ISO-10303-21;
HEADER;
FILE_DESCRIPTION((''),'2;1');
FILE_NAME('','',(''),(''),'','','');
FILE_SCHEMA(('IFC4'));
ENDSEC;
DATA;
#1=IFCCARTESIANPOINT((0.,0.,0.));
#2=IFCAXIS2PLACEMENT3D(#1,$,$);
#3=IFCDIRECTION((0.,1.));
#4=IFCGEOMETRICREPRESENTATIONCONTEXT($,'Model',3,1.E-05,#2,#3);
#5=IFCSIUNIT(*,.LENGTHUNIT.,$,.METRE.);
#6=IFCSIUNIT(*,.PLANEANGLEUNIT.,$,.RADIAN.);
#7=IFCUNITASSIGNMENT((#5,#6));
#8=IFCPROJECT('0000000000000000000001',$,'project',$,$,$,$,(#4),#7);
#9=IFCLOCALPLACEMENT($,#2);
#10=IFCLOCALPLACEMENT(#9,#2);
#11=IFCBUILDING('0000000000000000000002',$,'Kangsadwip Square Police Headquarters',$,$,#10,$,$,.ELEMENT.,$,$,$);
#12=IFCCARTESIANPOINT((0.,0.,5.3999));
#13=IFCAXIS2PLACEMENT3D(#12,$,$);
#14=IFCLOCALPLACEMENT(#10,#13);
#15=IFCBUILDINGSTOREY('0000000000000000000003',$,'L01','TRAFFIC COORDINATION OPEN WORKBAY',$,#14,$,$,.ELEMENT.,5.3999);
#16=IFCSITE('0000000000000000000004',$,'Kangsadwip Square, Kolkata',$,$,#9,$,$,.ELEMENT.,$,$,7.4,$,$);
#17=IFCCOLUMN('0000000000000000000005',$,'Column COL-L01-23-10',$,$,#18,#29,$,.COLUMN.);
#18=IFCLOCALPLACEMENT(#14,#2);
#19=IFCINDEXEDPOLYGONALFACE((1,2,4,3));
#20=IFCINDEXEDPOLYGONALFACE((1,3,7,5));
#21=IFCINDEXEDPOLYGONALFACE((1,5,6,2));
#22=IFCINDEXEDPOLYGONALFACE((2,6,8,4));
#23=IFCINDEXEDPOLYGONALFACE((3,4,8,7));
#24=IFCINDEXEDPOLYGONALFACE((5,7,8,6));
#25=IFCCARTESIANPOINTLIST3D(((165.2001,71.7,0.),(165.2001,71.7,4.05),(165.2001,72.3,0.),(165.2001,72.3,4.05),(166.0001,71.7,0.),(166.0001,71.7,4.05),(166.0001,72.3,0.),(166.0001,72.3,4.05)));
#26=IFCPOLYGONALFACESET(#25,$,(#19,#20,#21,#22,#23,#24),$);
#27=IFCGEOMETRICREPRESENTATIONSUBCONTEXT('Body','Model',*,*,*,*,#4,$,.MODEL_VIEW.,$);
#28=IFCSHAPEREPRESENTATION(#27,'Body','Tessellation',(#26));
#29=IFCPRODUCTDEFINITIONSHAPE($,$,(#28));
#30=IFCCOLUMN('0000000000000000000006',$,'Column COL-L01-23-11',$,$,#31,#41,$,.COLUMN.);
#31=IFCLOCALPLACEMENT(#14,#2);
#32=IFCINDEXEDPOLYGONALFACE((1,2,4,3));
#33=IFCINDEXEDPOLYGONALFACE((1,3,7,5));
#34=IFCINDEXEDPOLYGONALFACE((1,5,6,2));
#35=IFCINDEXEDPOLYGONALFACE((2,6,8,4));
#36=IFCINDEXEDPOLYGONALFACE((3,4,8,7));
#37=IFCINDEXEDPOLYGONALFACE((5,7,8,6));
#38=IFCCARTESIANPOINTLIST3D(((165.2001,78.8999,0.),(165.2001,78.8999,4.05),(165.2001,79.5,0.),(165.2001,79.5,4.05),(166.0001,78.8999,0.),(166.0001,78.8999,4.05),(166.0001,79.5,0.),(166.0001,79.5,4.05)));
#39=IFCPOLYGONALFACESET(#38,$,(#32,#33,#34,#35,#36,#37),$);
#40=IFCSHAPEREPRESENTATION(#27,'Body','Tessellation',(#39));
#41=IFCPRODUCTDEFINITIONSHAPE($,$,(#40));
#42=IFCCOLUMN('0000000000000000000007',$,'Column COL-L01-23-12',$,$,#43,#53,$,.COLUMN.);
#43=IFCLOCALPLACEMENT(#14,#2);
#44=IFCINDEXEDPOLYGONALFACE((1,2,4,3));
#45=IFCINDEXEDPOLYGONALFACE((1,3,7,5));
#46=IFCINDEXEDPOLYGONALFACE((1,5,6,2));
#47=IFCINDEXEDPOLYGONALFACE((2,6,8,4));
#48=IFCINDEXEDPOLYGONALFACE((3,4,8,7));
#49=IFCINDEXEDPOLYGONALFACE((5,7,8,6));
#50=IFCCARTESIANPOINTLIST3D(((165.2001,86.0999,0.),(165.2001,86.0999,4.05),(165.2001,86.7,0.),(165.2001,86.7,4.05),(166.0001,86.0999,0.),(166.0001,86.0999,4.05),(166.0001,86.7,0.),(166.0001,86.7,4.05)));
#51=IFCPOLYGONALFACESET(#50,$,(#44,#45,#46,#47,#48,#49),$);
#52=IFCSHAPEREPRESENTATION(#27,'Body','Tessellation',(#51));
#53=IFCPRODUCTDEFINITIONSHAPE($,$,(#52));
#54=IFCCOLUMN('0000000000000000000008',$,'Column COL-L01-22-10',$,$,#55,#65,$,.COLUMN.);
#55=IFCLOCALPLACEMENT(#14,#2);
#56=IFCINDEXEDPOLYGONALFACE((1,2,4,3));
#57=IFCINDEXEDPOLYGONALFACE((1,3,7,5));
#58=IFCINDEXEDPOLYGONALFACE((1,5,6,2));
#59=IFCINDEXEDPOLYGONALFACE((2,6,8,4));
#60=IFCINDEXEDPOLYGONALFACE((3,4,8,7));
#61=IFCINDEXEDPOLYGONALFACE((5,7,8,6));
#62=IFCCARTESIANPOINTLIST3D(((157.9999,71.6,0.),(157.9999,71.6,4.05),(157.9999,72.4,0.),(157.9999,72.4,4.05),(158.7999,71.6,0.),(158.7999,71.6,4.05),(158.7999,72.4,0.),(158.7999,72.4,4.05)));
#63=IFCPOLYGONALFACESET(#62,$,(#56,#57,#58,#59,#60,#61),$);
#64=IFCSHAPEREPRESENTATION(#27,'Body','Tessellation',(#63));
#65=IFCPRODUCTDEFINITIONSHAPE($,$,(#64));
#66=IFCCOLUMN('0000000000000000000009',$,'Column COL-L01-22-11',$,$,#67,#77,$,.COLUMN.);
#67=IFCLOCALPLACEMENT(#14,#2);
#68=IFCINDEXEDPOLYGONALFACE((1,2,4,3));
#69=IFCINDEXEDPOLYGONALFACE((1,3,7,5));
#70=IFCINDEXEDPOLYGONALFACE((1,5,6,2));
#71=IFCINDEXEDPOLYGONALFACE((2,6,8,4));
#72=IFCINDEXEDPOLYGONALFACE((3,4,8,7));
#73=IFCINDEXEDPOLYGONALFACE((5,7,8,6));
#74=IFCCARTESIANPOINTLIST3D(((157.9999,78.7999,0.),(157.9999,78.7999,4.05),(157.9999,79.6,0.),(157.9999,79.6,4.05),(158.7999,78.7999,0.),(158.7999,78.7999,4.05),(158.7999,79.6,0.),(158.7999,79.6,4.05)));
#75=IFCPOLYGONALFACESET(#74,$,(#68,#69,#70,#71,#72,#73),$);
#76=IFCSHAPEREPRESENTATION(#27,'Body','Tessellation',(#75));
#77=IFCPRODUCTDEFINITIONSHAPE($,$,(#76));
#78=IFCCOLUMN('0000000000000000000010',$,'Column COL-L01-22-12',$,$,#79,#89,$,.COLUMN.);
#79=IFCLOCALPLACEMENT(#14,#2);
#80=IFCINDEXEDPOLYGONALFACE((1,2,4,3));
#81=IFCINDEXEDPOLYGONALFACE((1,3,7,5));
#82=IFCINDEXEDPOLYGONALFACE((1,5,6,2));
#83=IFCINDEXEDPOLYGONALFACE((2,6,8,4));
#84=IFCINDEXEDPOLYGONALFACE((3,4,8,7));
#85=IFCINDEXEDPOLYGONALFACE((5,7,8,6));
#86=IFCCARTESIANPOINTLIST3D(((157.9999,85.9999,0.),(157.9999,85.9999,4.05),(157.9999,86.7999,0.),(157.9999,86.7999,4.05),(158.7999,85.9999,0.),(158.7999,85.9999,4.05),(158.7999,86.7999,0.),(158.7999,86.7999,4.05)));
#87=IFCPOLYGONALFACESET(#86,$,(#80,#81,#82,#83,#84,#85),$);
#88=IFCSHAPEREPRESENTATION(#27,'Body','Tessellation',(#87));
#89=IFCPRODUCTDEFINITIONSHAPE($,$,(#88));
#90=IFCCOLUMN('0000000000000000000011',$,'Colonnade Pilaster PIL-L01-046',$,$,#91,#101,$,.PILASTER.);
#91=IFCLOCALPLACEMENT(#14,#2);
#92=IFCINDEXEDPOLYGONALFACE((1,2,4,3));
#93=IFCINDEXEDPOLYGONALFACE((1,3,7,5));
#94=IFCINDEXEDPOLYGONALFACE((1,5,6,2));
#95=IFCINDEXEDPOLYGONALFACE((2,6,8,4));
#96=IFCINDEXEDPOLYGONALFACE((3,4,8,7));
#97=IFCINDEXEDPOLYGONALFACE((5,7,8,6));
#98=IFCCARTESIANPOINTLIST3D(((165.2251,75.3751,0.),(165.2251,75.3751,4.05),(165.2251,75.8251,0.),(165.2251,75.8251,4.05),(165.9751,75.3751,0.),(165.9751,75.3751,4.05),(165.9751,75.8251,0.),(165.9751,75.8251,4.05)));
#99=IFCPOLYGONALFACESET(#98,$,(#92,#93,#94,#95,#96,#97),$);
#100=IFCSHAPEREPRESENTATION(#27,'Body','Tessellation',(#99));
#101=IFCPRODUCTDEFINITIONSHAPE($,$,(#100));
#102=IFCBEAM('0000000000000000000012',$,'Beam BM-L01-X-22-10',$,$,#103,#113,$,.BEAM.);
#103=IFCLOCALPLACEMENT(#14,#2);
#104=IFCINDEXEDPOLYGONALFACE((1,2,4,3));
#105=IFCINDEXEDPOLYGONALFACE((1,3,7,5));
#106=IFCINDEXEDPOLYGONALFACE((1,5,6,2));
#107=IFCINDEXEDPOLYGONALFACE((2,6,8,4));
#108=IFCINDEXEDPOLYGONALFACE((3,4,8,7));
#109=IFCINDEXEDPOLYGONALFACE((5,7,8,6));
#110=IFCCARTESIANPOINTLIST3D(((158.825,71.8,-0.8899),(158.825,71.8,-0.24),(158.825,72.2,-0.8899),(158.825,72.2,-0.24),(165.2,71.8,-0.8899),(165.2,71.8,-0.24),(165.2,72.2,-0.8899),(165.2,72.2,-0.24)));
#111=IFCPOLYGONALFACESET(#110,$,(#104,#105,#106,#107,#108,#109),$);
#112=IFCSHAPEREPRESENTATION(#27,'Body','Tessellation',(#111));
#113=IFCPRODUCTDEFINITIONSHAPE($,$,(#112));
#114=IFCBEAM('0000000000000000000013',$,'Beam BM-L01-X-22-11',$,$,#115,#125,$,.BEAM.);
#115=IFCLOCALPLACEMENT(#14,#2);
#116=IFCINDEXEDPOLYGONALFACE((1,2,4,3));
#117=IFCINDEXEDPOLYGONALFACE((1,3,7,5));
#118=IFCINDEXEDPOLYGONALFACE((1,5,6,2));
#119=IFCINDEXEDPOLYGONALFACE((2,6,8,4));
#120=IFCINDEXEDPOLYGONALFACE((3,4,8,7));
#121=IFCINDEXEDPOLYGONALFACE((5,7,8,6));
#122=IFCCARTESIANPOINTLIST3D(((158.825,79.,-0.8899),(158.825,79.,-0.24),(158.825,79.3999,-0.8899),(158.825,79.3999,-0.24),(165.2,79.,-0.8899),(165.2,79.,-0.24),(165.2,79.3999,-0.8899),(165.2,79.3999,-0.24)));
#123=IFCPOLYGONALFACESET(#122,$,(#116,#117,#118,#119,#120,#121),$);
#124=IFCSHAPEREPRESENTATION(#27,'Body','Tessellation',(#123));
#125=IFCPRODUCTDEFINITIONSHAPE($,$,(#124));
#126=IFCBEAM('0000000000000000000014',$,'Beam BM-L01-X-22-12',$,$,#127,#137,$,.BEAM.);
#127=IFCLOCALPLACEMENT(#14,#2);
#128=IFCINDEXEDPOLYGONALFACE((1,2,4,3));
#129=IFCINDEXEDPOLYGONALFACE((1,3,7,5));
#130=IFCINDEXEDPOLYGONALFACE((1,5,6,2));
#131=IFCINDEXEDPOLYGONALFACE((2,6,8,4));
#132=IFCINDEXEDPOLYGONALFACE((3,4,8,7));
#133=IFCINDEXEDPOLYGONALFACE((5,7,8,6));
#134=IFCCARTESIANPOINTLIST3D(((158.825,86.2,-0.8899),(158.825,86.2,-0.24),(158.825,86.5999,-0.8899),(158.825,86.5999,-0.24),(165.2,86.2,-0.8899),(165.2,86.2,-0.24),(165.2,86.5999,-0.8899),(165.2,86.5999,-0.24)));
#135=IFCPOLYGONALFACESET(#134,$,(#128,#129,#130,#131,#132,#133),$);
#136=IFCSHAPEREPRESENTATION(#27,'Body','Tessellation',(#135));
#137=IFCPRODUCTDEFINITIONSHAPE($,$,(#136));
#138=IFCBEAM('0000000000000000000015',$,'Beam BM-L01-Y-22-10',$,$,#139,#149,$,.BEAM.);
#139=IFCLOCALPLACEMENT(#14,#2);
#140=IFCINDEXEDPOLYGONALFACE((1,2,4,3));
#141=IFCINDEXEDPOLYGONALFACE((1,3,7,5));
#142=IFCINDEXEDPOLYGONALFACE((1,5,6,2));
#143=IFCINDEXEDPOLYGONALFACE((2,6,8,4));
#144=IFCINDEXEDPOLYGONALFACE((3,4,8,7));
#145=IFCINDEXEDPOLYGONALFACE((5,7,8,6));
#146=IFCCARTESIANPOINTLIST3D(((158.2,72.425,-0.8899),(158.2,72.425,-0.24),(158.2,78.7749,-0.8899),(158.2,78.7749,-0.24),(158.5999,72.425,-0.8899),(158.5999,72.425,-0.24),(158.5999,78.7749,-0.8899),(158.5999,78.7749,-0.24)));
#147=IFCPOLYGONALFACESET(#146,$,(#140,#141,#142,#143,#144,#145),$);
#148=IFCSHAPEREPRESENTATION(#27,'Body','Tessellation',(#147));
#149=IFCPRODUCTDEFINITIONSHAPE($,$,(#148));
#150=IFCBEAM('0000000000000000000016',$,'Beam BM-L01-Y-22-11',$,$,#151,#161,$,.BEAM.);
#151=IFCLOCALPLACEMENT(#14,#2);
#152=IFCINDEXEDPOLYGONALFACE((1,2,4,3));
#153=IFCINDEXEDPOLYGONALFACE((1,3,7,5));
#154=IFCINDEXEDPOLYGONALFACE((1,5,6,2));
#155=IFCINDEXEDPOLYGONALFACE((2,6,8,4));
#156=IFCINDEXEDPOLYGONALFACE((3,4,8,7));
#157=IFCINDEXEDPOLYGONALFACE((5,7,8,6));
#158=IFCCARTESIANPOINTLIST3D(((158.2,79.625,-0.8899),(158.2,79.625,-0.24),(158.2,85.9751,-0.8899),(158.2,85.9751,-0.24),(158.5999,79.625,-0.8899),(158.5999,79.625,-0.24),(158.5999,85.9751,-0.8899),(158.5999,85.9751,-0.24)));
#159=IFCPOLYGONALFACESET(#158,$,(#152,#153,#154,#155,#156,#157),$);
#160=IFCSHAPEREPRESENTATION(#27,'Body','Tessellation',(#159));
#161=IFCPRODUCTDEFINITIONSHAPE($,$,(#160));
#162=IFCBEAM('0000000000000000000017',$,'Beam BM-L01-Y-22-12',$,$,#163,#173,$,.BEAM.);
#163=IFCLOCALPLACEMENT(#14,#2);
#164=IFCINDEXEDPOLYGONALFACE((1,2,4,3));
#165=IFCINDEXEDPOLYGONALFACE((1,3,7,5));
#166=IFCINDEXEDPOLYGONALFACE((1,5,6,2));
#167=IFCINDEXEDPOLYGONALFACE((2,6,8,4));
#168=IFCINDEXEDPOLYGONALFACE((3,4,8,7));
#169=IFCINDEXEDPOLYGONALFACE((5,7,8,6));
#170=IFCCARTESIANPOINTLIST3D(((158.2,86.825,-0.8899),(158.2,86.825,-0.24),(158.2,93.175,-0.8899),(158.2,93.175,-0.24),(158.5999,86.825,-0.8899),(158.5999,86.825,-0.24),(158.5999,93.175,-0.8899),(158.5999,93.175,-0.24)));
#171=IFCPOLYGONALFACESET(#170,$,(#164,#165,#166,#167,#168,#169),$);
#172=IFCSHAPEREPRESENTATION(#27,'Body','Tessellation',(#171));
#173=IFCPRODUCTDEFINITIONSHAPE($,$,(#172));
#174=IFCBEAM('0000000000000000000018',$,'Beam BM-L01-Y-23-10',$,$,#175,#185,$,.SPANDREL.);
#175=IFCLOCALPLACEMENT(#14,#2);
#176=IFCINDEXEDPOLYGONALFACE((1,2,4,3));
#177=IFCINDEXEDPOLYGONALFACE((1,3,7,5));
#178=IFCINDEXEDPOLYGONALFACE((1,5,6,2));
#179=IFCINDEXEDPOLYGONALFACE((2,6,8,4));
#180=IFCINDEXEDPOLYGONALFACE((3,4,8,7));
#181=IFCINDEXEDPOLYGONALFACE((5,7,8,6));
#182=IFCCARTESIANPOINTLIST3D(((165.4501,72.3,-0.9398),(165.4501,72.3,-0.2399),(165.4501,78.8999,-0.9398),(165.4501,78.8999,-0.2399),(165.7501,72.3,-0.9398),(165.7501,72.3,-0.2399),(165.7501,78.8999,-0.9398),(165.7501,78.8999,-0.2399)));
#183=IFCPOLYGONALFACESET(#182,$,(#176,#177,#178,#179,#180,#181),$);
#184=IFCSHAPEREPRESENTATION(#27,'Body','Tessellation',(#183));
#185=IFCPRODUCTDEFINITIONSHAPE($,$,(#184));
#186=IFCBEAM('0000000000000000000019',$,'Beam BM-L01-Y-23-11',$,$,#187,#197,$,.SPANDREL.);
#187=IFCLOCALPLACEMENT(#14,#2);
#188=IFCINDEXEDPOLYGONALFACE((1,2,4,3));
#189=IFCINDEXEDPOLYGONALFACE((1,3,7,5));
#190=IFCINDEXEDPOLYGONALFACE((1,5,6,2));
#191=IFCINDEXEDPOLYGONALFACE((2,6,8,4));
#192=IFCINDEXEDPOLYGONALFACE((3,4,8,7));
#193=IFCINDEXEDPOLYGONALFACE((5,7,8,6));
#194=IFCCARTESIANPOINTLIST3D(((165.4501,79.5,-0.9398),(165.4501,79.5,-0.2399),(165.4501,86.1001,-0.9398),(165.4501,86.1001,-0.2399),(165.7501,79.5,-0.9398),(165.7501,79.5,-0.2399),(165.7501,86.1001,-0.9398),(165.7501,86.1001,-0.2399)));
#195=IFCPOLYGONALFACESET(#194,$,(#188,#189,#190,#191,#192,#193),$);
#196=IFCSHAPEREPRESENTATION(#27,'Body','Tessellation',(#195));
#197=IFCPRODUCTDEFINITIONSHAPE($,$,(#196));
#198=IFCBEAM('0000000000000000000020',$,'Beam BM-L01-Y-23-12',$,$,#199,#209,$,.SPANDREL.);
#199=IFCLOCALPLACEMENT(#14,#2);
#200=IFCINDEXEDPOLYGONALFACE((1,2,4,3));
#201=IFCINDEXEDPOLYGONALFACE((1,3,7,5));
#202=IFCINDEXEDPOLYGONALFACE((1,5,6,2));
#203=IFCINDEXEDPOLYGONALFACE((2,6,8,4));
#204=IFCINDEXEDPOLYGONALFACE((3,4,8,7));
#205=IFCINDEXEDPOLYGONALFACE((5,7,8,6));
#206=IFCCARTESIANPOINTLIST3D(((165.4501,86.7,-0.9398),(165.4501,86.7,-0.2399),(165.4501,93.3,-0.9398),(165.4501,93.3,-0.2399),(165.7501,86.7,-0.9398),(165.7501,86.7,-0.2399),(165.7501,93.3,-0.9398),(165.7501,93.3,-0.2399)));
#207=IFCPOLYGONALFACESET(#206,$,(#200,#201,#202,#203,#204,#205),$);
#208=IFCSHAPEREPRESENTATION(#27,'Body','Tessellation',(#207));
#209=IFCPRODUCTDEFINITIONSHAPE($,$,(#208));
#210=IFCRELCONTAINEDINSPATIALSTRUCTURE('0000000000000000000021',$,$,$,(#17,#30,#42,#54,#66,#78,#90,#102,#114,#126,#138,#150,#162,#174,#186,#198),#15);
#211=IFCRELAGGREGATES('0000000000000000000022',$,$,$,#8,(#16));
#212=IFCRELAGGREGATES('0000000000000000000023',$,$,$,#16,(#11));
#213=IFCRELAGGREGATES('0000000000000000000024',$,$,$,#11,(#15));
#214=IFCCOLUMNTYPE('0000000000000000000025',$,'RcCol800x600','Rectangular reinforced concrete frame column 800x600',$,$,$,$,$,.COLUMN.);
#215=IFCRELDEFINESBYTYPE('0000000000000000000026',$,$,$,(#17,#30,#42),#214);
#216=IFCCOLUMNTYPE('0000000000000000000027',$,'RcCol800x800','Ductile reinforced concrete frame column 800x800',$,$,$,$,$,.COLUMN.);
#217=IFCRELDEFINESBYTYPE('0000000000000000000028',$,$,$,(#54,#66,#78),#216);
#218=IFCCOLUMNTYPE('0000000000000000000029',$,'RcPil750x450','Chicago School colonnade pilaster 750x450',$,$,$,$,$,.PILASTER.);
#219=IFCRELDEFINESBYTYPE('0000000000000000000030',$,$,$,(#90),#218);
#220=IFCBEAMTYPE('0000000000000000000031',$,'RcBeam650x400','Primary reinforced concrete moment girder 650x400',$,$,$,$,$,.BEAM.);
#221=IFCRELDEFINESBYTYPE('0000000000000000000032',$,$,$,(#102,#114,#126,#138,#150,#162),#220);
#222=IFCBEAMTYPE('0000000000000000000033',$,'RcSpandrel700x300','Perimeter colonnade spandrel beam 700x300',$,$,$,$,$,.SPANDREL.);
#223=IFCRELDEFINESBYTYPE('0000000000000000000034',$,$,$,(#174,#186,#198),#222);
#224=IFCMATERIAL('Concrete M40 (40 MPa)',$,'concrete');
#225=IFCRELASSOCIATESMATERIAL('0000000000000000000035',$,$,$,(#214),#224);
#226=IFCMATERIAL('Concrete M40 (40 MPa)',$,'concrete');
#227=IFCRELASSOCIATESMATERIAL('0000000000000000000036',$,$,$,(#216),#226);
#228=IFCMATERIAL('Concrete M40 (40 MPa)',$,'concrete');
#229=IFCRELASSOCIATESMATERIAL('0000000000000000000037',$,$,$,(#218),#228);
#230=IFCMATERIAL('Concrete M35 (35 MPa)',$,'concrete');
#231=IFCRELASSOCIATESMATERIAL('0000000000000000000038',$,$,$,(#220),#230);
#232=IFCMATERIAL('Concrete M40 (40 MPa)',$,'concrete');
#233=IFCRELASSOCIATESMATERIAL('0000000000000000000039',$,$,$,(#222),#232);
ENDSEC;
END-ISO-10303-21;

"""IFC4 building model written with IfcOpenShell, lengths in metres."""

from ifc_helpers import new_model, si_unit, direction, frame, origin, origin_2d, place, context, subcontext, project, spatial, rectangle, extrude, material, material_profile, profile_set, type_object, element, save


model = new_model("IFC4")

# Units and contexts
model_context = context("Model", 3, precision=1e-05, world=origin(), true_north=direction((0.0, 1.0)))
body_context = subcontext(model_context, "Body", "Model", "MODEL_VIEW")
ifc_project = project(units=[si_unit("LENGTHUNIT", "METRE"), si_unit("PLANEANGLEUNIT", "RADIAN")], contexts=[model_context])

# Site, building, storey
site_placement = place(None, origin())
site = spatial("IfcSite", under=ifc_project, at=site_placement, Name="Kangsadwip Square, Kolkata", CompositionType="ELEMENT", RefElevation=7.4)
building_placement = place(site_placement, origin())
building = spatial("IfcBuilding", under=site, at=building_placement, Name="Kangsadwip Square Police Headquarters", CompositionType="ELEMENT")
storey_placement = place(building_placement, frame((0.0, 0.0, 5.3999)))
storey = spatial("IfcBuildingStorey", under=building, at=storey_placement, Name="L01", Description="TRAFFIC COORDINATION OPEN WORKBAY", CompositionType="ELEMENT", Elevation=5.3999)

# Columns
ifc_material_1 = material(Name="Concrete M40 (40 MPa)", Category="concrete")
ifc_material_profile_1 = material_profile(ifc_material_1, rectangle(XDim=0.6001, YDim=0.8, at=origin_2d()), Name="RC COL 800X600")
ifc_profile_set_1 = profile_set([ifc_material_profile_1], Name="Concrete M40 (40 MPa)")
column_type_1 = type_object("IfcColumnType", Name="RcCol800x600", Description="Rectangular reinforced concrete frame column 800x600", PredefinedType="COLUMN", material=ifc_profile_set_1)
for number, where, z_axis, x_axis, name in (
    (1, (165.6001, 72.0, 0.0), (0.0, 0.0, 1.0), (0.0, 1.0, 0.0), "Column COL-L01-23-10"),
    (2, (165.6001, 79.2, 0.0), (0.0, 0.0, 1.0), (0.0, 1.0, 0.0), "Column COL-L01-23-11"),
    (3, (165.6001, 86.3999, 0.0), (0.0, 0.0, 1.0), (0.0, 1.0, 0.0), "Column COL-L01-23-12"),
):
    element("IfcColumn", number, at=place(storey_placement, frame(where, z_axis=z_axis, x_axis=x_axis)), inside=storey, type_object=column_type_1, Name=name, PredefinedType="COLUMN", context=body_context, shape_type="SweptSolid", body=[
        extrude(rectangle(XDim=0.6001, YDim=0.8, at=origin_2d()), origin(), (0.0, 0.0, 1.0), 4.05),
    ])
ifc_material_2 = material(Name="Concrete M40 (40 MPa)", Category="concrete")
ifc_material_profile_2 = material_profile(ifc_material_2, rectangle(XDim=0.8, YDim=0.8, at=origin_2d()), Name="RC COL 800X800")
ifc_profile_set_2 = profile_set([ifc_material_profile_2], Name="Concrete M40 (40 MPa)")
column_type_2 = type_object("IfcColumnType", Name="RcCol800x800", Description="Ductile reinforced concrete frame column 800x800", PredefinedType="COLUMN", material=ifc_profile_set_2)
for number, where, z_axis, x_axis, name in (
    (4, (158.3999, 72.0, 0.0), (0.0, 0.0, 1.0), (1.0, 0.0, 0.0), "Column COL-L01-22-10"),
    (5, (158.3999, 79.2, 0.0), (0.0, 0.0, 1.0), (1.0, 0.0, 0.0), "Column COL-L01-22-11"),
    (6, (158.3999, 86.3999, 0.0), (0.0, 0.0, 1.0), (1.0, 0.0, 0.0), "Column COL-L01-22-12"),
):
    element("IfcColumn", number, at=place(storey_placement, frame(where, z_axis=z_axis, x_axis=x_axis)), inside=storey, type_object=column_type_2, Name=name, PredefinedType="COLUMN", context=body_context, shape_type="SweptSolid", body=[
        extrude(rectangle(XDim=0.8, YDim=0.8, at=origin_2d()), origin(), (0.0, 0.0, 1.0), 4.05),
    ])
ifc_material_3 = material(Name="Concrete M40 (40 MPa)", Category="concrete")
ifc_material_profile_3 = material_profile(ifc_material_3, rectangle(XDim=0.45, YDim=0.75, at=origin_2d()), Name="RC PIL 750X450")
ifc_profile_set_3 = profile_set([ifc_material_profile_3], Name="Concrete M40 (40 MPa)")
column_type_3 = type_object("IfcColumnType", Name="RcPil750x450", Description="Chicago School colonnade pilaster 750x450", PredefinedType="PILASTER", material=ifc_profile_set_3)
column_placement = place(storey_placement, frame((165.6001, 75.6001, 0.0), z_axis=(0.0, 0.0, 1.0), x_axis=(0.0, 1.0, 0.0)))
element("IfcColumn", 7, at=column_placement, inside=storey, type_object=column_type_3, Name="Colonnade Pilaster PIL-L01-046", PredefinedType="PILASTER", context=body_context, shape_type="SweptSolid", body=[
    extrude(rectangle(XDim=0.45, YDim=0.75, at=origin_2d()), origin(), (0.0, 0.0, 1.0), 4.05),
])

# Beams
ifc_material_4 = material(Name="Concrete M35 (35 MPa)", Category="concrete")
ifc_material_profile_4 = material_profile(ifc_material_4, rectangle(XDim=0.3999, YDim=0.6499, at=origin_2d()), Name="RC BM 650X400")
ifc_profile_set_4 = profile_set([ifc_material_profile_4], Name="Concrete M35 (35 MPa)")
beam_type_1 = type_object("IfcBeamType", Name="RcBeam650x400", Description="Primary reinforced concrete moment girder 650x400", PredefinedType="BEAM", material=ifc_profile_set_4)
for number, where, z_axis, x_axis, name in (
    (8, (158.825, 72.0, -0.5649), (1.0, 0.0, 0.0), (0.0, 1.0, 0.0), "Beam BM-L01-X-22-10"),
    (9, (158.825, 79.2, -0.5649), (1.0, 0.0, 0.0), (0.0, 1.0, 0.0), "Beam BM-L01-X-22-11"),
    (10, (158.825, 86.3999, -0.5649), (1.0, 0.0, 0.0), (0.0, 1.0, 0.0), "Beam BM-L01-X-22-12"),
):
    element("IfcBeam", number, at=place(storey_placement, frame(where, z_axis=z_axis, x_axis=x_axis)), inside=storey, type_object=beam_type_1, Name=name, PredefinedType="BEAM", context=body_context, shape_type="SweptSolid", body=[
        extrude(rectangle(XDim=0.3999, YDim=0.6499, at=origin_2d()), origin(), (0.0, 0.0, 1.0), 6.375),
    ])
beam_1_placement = place(storey_placement, frame((158.3999, 72.425, -0.5649), z_axis=(0.0, 1.0, 0.0), x_axis=(-1.0, 0.0, 0.0)))
element("IfcBeam", 11, at=beam_1_placement, inside=storey, type_object=beam_type_1, Name="Beam BM-L01-Y-22-10", PredefinedType="BEAM", context=body_context, shape_type="SweptSolid", body=[
    extrude(rectangle(XDim=0.3999, YDim=0.6499, at=origin_2d()), origin(), (0.0, 0.0, 1.0), 6.3499),
])
for number, where, z_axis, x_axis, name in (
    (12, (158.3999, 79.625, -0.5649), (0.0, 1.0, 0.0), (-1.0, 0.0, 0.0), "Beam BM-L01-Y-22-11"),
    (13, (158.3999, 86.825, -0.5649), (0.0, 1.0, 0.0), (-1.0, 0.0, 0.0), "Beam BM-L01-Y-22-12"),
):
    element("IfcBeam", number, at=place(storey_placement, frame(where, z_axis=z_axis, x_axis=x_axis)), inside=storey, type_object=beam_type_1, Name=name, PredefinedType="BEAM", context=body_context, shape_type="SweptSolid", body=[
        extrude(rectangle(XDim=0.3999, YDim=0.6499, at=origin_2d()), origin(), (0.0, 0.0, 1.0), 6.3501),
    ])
ifc_material_5 = material(Name="Concrete M40 (40 MPa)", Category="concrete")
ifc_material_profile_5 = material_profile(ifc_material_5, rectangle(XDim=0.3, YDim=0.7, at=origin_2d()), Name="RC SPN 700X300")
ifc_profile_set_5 = profile_set([ifc_material_profile_5], Name="Concrete M40 (40 MPa)")
beam_type_2 = type_object("IfcBeamType", Name="RcSpandrel700x300", Description="Perimeter colonnade spandrel beam 700x300", PredefinedType="SPANDREL", material=ifc_profile_set_5)
beam_2_placement = place(storey_placement, frame((165.6001, 72.3, -0.5898), z_axis=(0.0, 1.0, 0.0), x_axis=(-1.0, 0.0, 0.0)))
element("IfcBeam", 14, at=beam_2_placement, inside=storey, type_object=beam_type_2, Name="Beam BM-L01-Y-23-10", PredefinedType="SPANDREL", context=body_context, shape_type="SweptSolid", body=[
    extrude(rectangle(XDim=0.3, YDim=0.7, at=origin_2d()), origin(), (0.0, 0.0, 1.0), 6.5999),
])
for number, where, z_axis, x_axis, name in (
    (15, (165.6001, 79.5, -0.5898), (0.0, 1.0, 0.0), (-1.0, 0.0, 0.0), "Beam BM-L01-Y-23-11"),
    (16, (165.6001, 86.7, -0.5898), (0.0, 1.0, 0.0), (-1.0, 0.0, 0.0), "Beam BM-L01-Y-23-12"),
):
    element("IfcBeam", number, at=place(storey_placement, frame(where, z_axis=z_axis, x_axis=x_axis)), inside=storey, type_object=beam_type_2, Name=name, PredefinedType="SPANDREL", context=body_context, shape_type="SweptSolid", body=[
        extrude(rectangle(XDim=0.3, YDim=0.7, at=origin_2d()), origin(), (0.0, 0.0, 1.0), 6.6001),
    ])

save(model, "model.ifc")
